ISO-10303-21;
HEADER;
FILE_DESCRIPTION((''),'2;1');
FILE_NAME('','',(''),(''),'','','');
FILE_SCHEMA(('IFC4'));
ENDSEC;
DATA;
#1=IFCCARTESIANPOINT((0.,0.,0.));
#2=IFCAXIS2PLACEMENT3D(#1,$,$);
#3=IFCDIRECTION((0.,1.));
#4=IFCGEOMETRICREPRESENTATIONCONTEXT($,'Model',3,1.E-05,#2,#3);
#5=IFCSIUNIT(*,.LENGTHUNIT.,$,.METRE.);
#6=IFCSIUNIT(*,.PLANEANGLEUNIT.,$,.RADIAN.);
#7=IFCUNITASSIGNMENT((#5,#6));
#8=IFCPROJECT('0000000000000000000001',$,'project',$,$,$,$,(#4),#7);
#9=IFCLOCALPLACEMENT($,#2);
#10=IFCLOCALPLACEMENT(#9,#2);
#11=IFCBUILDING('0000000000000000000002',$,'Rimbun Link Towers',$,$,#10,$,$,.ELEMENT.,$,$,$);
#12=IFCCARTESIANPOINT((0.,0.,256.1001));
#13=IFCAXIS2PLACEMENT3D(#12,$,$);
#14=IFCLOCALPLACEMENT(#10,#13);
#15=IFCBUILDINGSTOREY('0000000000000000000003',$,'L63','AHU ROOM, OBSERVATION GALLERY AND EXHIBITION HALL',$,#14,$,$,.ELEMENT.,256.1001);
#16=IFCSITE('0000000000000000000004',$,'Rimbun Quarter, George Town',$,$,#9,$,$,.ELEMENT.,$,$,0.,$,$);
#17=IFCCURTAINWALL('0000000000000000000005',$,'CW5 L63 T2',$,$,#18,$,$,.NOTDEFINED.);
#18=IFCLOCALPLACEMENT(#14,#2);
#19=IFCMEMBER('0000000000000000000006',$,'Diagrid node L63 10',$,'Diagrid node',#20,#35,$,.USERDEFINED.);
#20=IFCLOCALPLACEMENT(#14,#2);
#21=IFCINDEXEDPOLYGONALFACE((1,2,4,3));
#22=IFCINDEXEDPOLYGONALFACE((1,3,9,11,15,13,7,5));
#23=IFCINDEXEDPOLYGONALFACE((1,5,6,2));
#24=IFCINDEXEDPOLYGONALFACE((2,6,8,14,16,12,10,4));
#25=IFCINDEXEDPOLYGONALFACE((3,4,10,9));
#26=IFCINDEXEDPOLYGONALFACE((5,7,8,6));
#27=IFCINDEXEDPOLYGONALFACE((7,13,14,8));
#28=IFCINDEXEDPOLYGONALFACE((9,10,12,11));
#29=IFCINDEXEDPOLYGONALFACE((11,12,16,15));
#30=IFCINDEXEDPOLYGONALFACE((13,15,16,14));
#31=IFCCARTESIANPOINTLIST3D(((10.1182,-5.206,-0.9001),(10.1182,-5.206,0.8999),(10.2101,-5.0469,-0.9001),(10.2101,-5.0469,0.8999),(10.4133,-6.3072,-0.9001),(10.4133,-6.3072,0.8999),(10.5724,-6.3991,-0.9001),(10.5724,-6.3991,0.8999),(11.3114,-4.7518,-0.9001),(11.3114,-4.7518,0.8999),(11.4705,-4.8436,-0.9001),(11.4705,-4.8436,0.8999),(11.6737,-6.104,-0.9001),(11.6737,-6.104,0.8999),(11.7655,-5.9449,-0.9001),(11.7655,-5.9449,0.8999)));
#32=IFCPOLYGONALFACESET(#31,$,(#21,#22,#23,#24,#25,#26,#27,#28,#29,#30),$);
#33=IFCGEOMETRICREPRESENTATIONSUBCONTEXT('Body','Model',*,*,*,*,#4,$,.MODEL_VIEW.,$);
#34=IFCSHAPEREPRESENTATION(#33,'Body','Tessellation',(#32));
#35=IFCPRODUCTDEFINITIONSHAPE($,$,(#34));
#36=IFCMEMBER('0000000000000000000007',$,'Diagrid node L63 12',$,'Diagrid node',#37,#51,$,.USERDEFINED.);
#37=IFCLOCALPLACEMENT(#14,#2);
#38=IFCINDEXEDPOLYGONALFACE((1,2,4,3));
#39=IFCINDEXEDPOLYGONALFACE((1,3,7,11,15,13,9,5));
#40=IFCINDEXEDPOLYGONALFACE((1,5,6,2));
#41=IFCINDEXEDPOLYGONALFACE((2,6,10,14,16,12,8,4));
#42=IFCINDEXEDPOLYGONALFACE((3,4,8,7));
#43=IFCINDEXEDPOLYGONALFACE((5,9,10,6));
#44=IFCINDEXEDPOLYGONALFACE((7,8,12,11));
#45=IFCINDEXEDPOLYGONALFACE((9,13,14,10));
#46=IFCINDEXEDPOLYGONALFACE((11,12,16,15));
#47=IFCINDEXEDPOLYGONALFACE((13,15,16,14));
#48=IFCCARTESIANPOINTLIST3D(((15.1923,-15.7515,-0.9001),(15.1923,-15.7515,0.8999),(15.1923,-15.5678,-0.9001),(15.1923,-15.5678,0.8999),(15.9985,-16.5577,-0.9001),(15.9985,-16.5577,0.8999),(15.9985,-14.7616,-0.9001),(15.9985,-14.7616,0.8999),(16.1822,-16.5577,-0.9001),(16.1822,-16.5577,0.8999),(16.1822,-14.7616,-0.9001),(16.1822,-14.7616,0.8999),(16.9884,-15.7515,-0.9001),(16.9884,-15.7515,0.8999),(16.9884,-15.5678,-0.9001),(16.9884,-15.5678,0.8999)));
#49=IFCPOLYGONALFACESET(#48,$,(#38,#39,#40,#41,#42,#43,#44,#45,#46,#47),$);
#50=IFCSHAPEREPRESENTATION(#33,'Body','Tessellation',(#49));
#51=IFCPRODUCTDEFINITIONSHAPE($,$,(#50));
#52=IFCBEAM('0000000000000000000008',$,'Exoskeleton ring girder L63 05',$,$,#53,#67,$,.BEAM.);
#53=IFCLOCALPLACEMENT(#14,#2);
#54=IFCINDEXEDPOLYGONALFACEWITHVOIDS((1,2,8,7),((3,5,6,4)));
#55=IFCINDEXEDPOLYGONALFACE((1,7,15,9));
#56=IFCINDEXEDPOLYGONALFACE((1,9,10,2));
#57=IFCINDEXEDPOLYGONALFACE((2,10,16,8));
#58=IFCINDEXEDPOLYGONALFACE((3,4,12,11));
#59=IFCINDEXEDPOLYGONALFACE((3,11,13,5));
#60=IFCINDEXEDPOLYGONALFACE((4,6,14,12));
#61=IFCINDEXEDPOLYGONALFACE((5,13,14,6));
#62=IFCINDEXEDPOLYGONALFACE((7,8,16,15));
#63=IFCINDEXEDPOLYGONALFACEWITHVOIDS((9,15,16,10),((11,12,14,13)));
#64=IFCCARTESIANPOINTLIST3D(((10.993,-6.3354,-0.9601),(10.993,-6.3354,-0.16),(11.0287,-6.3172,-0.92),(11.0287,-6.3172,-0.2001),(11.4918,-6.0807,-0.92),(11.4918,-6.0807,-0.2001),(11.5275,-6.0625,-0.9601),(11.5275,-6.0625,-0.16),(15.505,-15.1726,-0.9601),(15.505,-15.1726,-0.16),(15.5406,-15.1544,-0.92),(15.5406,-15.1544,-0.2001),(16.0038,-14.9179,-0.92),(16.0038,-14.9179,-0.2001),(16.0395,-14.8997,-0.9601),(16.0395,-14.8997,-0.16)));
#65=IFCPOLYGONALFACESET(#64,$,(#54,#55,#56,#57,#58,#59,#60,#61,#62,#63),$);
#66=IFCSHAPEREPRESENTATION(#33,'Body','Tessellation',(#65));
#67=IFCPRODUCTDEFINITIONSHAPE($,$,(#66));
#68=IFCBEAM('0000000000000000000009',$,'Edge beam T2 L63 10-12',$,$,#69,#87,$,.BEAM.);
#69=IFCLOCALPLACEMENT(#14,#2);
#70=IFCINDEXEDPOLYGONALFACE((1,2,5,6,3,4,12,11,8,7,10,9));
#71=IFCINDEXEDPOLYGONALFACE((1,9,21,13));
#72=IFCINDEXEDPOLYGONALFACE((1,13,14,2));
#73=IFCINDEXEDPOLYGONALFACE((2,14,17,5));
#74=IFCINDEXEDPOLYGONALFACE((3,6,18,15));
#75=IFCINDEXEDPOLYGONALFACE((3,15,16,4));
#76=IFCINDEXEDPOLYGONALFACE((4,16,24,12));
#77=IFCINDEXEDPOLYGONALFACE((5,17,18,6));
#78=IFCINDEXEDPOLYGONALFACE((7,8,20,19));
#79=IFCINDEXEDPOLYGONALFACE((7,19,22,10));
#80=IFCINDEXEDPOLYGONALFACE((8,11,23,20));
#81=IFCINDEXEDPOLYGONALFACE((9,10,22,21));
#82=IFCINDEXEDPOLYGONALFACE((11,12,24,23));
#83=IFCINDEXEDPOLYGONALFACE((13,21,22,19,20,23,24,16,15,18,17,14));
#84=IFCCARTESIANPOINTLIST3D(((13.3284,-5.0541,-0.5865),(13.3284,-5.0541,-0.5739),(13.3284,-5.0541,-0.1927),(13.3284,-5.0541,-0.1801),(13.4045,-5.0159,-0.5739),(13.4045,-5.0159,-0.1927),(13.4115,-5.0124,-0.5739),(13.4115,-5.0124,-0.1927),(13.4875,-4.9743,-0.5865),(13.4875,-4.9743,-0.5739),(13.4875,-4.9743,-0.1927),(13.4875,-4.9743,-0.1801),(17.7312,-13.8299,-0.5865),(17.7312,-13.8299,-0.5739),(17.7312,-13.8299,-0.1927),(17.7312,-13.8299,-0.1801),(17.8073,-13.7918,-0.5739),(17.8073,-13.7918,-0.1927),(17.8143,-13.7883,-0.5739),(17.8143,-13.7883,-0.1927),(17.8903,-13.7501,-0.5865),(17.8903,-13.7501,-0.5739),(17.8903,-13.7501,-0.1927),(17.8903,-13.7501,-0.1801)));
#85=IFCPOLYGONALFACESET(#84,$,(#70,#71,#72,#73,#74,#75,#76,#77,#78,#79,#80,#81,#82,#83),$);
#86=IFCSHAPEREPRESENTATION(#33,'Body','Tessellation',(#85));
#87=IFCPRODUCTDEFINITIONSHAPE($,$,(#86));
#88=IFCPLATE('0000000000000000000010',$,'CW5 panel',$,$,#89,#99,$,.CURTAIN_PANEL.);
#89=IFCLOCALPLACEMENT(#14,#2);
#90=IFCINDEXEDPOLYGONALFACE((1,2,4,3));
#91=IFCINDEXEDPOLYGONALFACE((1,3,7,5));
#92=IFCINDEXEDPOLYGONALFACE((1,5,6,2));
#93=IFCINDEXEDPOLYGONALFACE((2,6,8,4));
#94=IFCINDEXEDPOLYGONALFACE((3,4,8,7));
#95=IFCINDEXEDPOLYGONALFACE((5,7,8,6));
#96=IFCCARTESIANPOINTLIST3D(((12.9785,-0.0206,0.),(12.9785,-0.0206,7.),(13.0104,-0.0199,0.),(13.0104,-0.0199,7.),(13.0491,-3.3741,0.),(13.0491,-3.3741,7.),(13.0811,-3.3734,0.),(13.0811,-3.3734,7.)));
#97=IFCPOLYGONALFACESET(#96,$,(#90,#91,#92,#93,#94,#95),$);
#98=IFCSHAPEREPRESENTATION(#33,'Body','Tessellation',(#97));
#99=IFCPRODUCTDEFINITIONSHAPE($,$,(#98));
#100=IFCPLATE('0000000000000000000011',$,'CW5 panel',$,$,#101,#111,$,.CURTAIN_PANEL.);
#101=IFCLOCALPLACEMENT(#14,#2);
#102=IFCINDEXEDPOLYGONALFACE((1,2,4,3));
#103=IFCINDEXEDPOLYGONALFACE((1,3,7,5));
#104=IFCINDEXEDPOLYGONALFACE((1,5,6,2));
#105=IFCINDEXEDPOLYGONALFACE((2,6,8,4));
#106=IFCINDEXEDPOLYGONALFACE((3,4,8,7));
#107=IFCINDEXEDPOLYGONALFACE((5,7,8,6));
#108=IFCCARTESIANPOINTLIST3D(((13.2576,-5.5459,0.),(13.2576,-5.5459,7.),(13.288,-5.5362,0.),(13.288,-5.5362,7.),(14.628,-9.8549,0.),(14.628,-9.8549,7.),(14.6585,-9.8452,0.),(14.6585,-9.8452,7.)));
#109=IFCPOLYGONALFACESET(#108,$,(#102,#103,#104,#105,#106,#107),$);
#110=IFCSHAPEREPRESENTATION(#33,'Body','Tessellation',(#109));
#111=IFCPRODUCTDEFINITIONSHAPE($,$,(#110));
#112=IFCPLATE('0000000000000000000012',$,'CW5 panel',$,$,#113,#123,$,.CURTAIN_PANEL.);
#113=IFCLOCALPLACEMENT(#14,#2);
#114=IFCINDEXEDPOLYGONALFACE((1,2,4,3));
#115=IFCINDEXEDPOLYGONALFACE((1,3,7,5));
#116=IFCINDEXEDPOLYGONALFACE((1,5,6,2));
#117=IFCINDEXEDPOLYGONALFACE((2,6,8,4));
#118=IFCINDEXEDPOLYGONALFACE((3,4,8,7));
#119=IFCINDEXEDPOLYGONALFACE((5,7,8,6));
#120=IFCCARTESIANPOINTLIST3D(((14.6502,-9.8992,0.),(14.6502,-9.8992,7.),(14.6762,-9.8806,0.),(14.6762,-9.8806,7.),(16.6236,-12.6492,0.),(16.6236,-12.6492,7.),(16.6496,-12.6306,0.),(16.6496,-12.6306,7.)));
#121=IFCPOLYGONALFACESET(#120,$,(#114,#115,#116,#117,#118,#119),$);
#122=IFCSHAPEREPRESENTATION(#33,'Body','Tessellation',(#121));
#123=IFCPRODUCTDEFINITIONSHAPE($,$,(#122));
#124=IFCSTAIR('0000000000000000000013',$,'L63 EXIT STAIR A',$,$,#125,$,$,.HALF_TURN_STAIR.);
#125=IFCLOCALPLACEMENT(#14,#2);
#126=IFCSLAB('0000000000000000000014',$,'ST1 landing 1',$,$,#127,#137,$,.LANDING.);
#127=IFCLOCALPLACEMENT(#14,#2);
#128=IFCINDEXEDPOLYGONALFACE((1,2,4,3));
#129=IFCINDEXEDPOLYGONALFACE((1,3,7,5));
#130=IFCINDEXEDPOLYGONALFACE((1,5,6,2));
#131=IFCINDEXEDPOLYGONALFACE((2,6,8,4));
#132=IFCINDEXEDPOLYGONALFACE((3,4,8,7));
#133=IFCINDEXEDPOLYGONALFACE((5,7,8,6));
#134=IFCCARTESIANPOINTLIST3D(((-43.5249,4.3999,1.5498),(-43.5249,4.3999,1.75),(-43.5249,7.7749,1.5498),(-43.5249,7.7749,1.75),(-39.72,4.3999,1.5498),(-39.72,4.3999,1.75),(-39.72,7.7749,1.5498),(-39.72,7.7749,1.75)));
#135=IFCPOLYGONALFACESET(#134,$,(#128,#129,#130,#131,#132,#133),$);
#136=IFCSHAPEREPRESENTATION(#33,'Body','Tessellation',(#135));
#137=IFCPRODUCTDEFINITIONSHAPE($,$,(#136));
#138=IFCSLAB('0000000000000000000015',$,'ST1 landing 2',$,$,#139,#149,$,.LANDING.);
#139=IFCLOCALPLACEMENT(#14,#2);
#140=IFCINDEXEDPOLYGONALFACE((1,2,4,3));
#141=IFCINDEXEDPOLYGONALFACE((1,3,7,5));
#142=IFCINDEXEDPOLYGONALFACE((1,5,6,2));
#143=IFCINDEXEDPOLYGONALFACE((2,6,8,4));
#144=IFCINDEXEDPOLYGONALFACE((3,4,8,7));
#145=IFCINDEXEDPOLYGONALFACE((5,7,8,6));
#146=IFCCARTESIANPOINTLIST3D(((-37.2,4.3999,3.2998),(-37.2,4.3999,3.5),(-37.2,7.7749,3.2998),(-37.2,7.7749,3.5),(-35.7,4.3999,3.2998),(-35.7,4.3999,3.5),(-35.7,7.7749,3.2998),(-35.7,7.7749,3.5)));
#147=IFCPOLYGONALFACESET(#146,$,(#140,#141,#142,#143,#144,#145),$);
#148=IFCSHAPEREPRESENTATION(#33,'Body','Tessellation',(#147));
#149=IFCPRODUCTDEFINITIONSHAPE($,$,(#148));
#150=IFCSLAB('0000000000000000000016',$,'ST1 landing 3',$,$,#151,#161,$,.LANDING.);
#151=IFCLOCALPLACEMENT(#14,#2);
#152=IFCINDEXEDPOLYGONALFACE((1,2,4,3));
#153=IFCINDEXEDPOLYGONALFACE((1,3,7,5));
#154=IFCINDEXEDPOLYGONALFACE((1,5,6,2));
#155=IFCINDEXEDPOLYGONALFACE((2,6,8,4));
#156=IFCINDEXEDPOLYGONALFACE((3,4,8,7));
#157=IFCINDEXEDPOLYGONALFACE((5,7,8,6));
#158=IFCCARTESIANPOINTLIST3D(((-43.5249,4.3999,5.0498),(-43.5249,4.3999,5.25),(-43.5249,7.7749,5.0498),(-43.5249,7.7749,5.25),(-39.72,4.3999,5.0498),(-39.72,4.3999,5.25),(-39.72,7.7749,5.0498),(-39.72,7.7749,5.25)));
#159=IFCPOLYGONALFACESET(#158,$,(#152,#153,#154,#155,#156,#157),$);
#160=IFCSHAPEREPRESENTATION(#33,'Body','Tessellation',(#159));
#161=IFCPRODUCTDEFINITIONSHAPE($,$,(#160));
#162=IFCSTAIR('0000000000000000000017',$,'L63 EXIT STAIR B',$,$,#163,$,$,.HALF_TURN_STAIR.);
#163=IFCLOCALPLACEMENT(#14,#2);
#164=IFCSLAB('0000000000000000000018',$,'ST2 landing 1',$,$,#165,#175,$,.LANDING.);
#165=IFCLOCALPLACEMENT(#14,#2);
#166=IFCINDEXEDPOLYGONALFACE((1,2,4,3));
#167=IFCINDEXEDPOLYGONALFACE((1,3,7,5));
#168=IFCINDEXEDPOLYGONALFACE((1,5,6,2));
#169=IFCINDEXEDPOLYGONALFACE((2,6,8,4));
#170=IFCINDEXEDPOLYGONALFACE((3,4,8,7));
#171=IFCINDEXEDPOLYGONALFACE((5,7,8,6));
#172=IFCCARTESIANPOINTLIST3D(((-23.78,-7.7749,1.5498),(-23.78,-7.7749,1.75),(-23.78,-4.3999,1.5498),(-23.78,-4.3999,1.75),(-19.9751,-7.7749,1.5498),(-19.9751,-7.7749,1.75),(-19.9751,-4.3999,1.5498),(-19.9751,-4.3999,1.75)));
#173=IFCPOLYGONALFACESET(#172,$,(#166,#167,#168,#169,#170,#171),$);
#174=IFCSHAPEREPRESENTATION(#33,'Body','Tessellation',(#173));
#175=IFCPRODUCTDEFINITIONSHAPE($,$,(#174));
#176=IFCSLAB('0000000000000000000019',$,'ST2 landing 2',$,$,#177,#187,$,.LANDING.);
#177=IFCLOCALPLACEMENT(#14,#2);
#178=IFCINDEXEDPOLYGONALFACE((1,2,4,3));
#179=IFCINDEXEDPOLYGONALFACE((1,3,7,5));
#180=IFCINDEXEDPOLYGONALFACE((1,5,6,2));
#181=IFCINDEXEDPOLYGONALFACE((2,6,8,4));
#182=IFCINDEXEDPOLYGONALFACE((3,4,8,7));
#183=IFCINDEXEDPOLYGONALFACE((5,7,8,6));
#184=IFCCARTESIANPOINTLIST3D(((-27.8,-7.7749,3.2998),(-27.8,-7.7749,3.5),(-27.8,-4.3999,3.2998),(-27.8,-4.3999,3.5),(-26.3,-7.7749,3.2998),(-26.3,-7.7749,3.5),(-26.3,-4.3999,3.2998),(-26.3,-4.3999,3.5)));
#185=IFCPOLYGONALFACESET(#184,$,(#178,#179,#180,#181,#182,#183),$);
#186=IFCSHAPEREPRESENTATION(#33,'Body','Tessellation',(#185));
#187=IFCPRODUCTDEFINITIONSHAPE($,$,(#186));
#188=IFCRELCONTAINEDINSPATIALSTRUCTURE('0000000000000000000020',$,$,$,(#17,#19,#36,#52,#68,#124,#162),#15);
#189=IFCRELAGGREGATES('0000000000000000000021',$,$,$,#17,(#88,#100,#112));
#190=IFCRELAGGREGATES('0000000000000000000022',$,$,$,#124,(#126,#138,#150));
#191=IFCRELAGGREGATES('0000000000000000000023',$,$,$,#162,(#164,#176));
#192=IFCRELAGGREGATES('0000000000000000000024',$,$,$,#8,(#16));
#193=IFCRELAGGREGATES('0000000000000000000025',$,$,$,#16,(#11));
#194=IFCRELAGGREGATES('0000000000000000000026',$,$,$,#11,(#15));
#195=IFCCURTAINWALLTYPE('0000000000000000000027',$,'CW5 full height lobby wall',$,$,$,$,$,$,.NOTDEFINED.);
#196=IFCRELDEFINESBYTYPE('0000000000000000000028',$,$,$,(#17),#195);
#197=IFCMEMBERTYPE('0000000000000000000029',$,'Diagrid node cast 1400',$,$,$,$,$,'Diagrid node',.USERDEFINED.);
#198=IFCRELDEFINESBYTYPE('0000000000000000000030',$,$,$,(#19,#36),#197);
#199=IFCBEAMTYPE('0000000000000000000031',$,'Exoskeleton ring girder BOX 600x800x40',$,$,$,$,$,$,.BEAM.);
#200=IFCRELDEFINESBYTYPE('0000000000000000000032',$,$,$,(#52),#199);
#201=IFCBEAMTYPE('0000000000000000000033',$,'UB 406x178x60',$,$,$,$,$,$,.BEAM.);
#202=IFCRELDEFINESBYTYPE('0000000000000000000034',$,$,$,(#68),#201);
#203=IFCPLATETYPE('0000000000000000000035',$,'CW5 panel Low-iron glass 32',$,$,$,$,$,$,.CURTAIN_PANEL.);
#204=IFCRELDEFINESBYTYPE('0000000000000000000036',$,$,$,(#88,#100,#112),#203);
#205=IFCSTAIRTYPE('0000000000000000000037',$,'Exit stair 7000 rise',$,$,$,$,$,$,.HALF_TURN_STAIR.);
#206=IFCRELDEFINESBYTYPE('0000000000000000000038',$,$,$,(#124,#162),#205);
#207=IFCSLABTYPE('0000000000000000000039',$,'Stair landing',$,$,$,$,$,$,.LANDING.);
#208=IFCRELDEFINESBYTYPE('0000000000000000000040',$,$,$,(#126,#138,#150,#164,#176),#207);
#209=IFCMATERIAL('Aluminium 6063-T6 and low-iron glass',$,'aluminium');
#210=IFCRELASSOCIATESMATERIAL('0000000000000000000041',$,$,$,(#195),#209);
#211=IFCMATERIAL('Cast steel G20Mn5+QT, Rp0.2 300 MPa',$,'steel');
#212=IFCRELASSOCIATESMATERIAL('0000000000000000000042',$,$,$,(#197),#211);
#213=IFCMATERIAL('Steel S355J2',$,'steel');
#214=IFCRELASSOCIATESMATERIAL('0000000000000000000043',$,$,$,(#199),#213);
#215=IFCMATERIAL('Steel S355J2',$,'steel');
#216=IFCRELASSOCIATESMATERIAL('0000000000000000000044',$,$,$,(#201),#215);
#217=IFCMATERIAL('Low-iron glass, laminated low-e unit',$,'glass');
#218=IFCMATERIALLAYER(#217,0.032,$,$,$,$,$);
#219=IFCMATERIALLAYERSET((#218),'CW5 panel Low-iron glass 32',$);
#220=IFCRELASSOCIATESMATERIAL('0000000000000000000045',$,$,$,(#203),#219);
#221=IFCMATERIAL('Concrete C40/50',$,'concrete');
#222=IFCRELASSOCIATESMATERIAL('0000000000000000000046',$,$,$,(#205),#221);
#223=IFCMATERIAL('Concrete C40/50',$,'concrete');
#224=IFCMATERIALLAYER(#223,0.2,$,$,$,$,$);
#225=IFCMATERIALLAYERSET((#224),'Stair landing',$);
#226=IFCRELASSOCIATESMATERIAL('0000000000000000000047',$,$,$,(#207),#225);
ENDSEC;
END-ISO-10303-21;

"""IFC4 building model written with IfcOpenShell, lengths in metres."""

from ifc_helpers import new_model, si_unit, direction, frame, origin, origin_2d, place, context, subcontext, project, spatial, polyline, rectangle, hollow_rectangle, i_section, outline, extrude, material, layer, layer_set, material_profile, profile_set, type_object, element, aggregate, save


model = new_model("IFC4")

# Units and contexts
model_context = context("Model", 3, precision=1e-05, world=origin(), true_north=direction((0.0, 1.0)))
body_context = subcontext(model_context, "Body", "Model", "MODEL_VIEW")
ifc_project = project(units=[si_unit("LENGTHUNIT", "METRE"), si_unit("PLANEANGLEUNIT", "RADIAN")], contexts=[model_context])

# Site, building, storey
site_placement = place(None, origin())
site = spatial("IfcSite", under=ifc_project, at=site_placement, Name="Rimbun Quarter, George Town", CompositionType="ELEMENT", RefElevation=0.0)
building_placement = place(site_placement, origin())
building = spatial("IfcBuilding", under=site, at=building_placement, Name="Rimbun Link Towers", CompositionType="ELEMENT")
storey_placement = place(building_placement, frame((0.0, 0.0, 256.1001)))
storey = spatial("IfcBuildingStorey", under=building, at=storey_placement, Name="L63", Description="AHU ROOM, OBSERVATION GALLERY AND EXHIBITION HALL", CompositionType="ELEMENT", Elevation=256.1001)

# Curtain wall
ifc_material_1 = material(Name="Aluminium 6063-T6 and low-iron glass", Category="aluminium")
curtain_wall_type = type_object("IfcCurtainWallType", Name="CW5 full height lobby wall", PredefinedType="NOTDEFINED", material=ifc_material_1)
curtain_wall_placement = place(storey_placement, origin())
curtain_wall = element("IfcCurtainWall", 1, at=curtain_wall_placement, inside=storey, type_object=curtain_wall_type, Name="CW5 L63 T2", PredefinedType="NOTDEFINED")

# Members
ifc_material_2 = material(Name="Cast steel G20Mn5+QT, Rp0.2 300 MPa", Category="steel")
ifc_material_profile_1 = material_profile(ifc_material_2, outline(polyline([(0.7, -0.5701), (0.7, 0.5701), (0.5701, 0.7), (-0.5701, 0.7), (-0.7, 0.5701), (-0.7, -0.5701), (-0.5701, -0.7), (0.5701, -0.7), (0.7, -0.5701)])), Name="NODE 1400x1400")
ifc_profile_set_1 = profile_set([ifc_material_profile_1], Name="Cast steel G20Mn5+QT, Rp0.2 300 MPa")
member_type_1 = type_object("IfcMemberType", Name="Diagrid node cast 1400", ElementType="Diagrid node", PredefinedType="USERDEFINED", material=ifc_profile_set_1)
for number, where, z_axis, x_axis, name in (
    (2, (10.9419, -5.5754, -0.9001), (0.0, 0.0, 1.0), (-0.965926, -0.258819, 0.0), "Diagrid node L63 10"),
    (3, (16.0903, -15.6597, -0.9001), (0.0, 0.0, 1.0), (-0.707107, -0.707107, 0.0), "Diagrid node L63 12"),
):
    element("IfcMember", number, at=place(storey_placement, frame(where, z_axis=z_axis, x_axis=x_axis)), inside=storey, type_object=member_type_1, Name=name, ObjectType="Diagrid node", PredefinedType="USERDEFINED", context=body_context, shape_type="SweptSolid", body=[
        extrude(outline(polyline([(0.7, -0.5701), (0.7, 0.5701), (0.5701, 0.7), (-0.5701, 0.7), (-0.7, 0.5701), (-0.7, -0.5701), (-0.5701, -0.7), (0.5701, -0.7), (0.7, -0.5701)])), origin(), (0.0, 0.0, 1.0), 1.8),
    ])

# Beams
ifc_material_3 = material(Name="Steel S355J2", Category="steel")
ifc_material_profile_2 = material_profile(ifc_material_3, hollow_rectangle(XDim=0.6001, YDim=0.8, WallThickness=0.04, at=origin_2d()), Name="Exoskeleton ring girder BOX 600x800x40")
ifc_profile_set_2 = profile_set([ifc_material_profile_2], Name="Steel S355J2")
beam_type_1 = type_object("IfcBeamType", Name="Exoskeleton ring girder BOX 600x800x40", PredefinedType="BEAM", material=ifc_profile_set_2)
beam_1_placement = place(storey_placement, frame((11.2603, -6.199, -0.5601), z_axis=(0.454727, -0.890631, 0.0), x_axis=(0.890631, 0.454727, 0.0)))
element("IfcBeam", 4, at=beam_1_placement, inside=storey, type_object=beam_type_1, Name="Exoskeleton ring girder L63 05", PredefinedType="BEAM", context=body_context, shape_type="SweptSolid", body=[
    extrude(hollow_rectangle(XDim=0.6001, YDim=0.8, WallThickness=0.04, at=origin_2d()), origin(), (0.0, 0.0, 1.0), 9.9224),
])
ifc_material_4 = material(Name="Steel S355J2", Category="steel")
ifc_material_profile_3 = material_profile(ifc_material_4, i_section(OverallWidth=0.178, OverallDepth=0.4065, WebThickness=0.0078, FlangeThickness=0.0127, at=origin_2d()), Name="UB 406x178x60")
ifc_profile_set_3 = profile_set([ifc_material_profile_3], Name="Steel S355J2")
beam_type_2 = type_object("IfcBeamType", Name="UB 406x178x60", PredefinedType="BEAM", material=ifc_profile_set_3)
beam_2_placement = place(storey_placement, frame((13.408, -5.0142, -0.3833), z_axis=(0.448427, -0.89382, 0.0), x_axis=(0.89382, 0.448427, 0.0)))
element("IfcBeam", 5, at=beam_2_placement, inside=storey, type_object=beam_type_2, Name="Edge beam T2 L63 10-12", PredefinedType="BEAM", context=body_context, shape_type="SweptSolid", body=[
    extrude(i_section(OverallWidth=0.178, OverallDepth=0.4065, WebThickness=0.0078, FlangeThickness=0.0127, at=origin_2d()), origin(), (0.0, 0.0, 1.0), 9.8184),
])

# Plates
ifc_material_5 = material(Name="Low-iron glass, laminated low-e unit", Category="glass")
ifc_layer_1 = layer(ifc_material_5, 0.032)
ifc_layer_set_1 = layer_set([ifc_layer_1], Name="CW5 panel Low-iron glass 32")
plate_type = type_object("IfcPlateType", Name="CW5 panel Low-iron glass 32", PredefinedType="CURTAIN_PANEL", material=ifc_layer_set_1)
plate_1_placement = place(storey_placement, frame((13.0298, -1.697, 0.0), z_axis=(0.0, 0.0, 1.0), x_axis=(-0.021064, 0.999778, 0.0)))
plate_1 = element("IfcPlate", 6, at=plate_1_placement, type_object=plate_type, Name="CW5 panel", PredefinedType="CURTAIN_PANEL", context=body_context, shape_type="SweptSolid", body=[
    extrude(rectangle(XDim=3.3542, YDim=0.032, at=origin_2d()), origin(), (0.0, 0.0, 1.0), 7.0),
])
plate_2_placement = place(storey_placement, frame((13.958, -7.6956, 0.0), z_axis=(0.0, 0.0, 1.0), x_axis=(-0.303074, 0.952967, 0.0)))
plate_2 = element("IfcPlate", 7, at=plate_2_placement, type_object=plate_type, Name="CW5 panel", PredefinedType="CURTAIN_PANEL", context=body_context, shape_type="SweptSolid", body=[
    extrude(rectangle(XDim=4.5217, YDim=0.032, at=origin_2d()), origin(), (0.0, 0.0, 1.0), 7.0),
])
plate_3_placement = place(storey_placement, frame((15.6499, -11.2649, 0.0), z_axis=(0.0, 0.0, 1.0), x_axis=(-0.583006, 0.812468, 0.0)))
plate_3 = element("IfcPlate", 8, at=plate_3_placement, type_object=plate_type, Name="CW5 panel", PredefinedType="CURTAIN_PANEL", context=body_context, shape_type="SweptSolid", body=[
    extrude(rectangle(XDim=3.3848, YDim=0.032, at=origin_2d()), origin(), (0.0, 0.0, 1.0), 7.0),
])
aggregate(curtain_wall, [plate_1, plate_2, plate_3])

# Stairs, slabs
ifc_material_6 = material(Name="Concrete C40/50", Category="concrete")
stair_type = type_object("IfcStairType", Name="Exit stair 7000 rise", PredefinedType="HALF_TURN_STAIR", material=ifc_material_6)
stair_1_placement = place(storey_placement, origin())
stair_1 = element("IfcStair", 9, at=stair_1_placement, inside=storey, type_object=stair_type, Name="L63 EXIT STAIR A", PredefinedType="HALF_TURN_STAIR")
ifc_material_7 = material(Name="Concrete C40/50", Category="concrete")
ifc_layer_2 = layer(ifc_material_7, 0.2)
ifc_layer_set_2 = layer_set([ifc_layer_2], Name="Stair landing")
slab_type = type_object("IfcSlabType", Name="Stair landing", PredefinedType="LANDING", material=ifc_layer_set_2)
slab_1_placement = place(storey_placement, frame((0.0, 0.0, 1.5498)))
slab_1 = element("IfcSlab", 10, at=slab_1_placement, type_object=slab_type, Name="ST1 landing 1", PredefinedType="LANDING", context=body_context, shape_type="SweptSolid", body=[
    extrude(outline(polyline([(-39.72, 7.7749), (-43.5249, 7.7749), (-43.5249, 4.3999), (-39.72, 4.3999), (-39.72, 7.7749)])), origin(), (0.0, 0.0, 1.0), 0.2002),
])
slab_2_placement = place(storey_placement, frame((0.0, 0.0, 3.2998)))
slab_2 = element("IfcSlab", 11, at=slab_2_placement, type_object=slab_type, Name="ST1 landing 2", PredefinedType="LANDING", context=body_context, shape_type="SweptSolid", body=[
    extrude(outline(polyline([(-35.7, 7.7749), (-37.2, 7.7749), (-37.2, 4.3999), (-35.7, 4.3999), (-35.7, 7.7749)])), origin(), (0.0, 0.0, 1.0), 0.2002),
])
slab_3_placement = place(storey_placement, frame((0.0, 0.0, 5.0498)))
slab_3 = element("IfcSlab", 12, at=slab_3_placement, type_object=slab_type, Name="ST1 landing 3", PredefinedType="LANDING", context=body_context, shape_type="SweptSolid", body=[
    extrude(outline(polyline([(-39.72, 7.7749), (-43.5249, 7.7749), (-43.5249, 4.3999), (-39.72, 4.3999), (-39.72, 7.7749)])), origin(), (0.0, 0.0, 1.0), 0.2002),
])
aggregate(stair_1, [slab_1, slab_2, slab_3])
stair_2_placement = place(storey_placement, origin())
stair_2 = element("IfcStair", 13, at=stair_2_placement, inside=storey, type_object=stair_type, Name="L63 EXIT STAIR B", PredefinedType="HALF_TURN_STAIR")
slab_4_placement = place(storey_placement, frame((0.0, 0.0, 1.5498)))
slab_4 = element("IfcSlab", 14, at=slab_4_placement, type_object=slab_type, Name="ST2 landing 1", PredefinedType="LANDING", context=body_context, shape_type="SweptSolid", body=[
    extrude(outline(polyline([(-23.78, -7.7749), (-19.9751, -7.7749), (-19.9751, -4.3999), (-23.78, -4.3999), (-23.78, -7.7749)])), origin(), (0.0, 0.0, 1.0), 0.2002),
])
slab_5_placement = place(storey_placement, frame((0.0, 0.0, 3.2998)))
slab_5 = element("IfcSlab", 15, at=slab_5_placement, type_object=slab_type, Name="ST2 landing 2", PredefinedType="LANDING", context=body_context, shape_type="SweptSolid", body=[
    extrude(outline(polyline([(-27.8, -7.7749), (-26.3, -7.7749), (-26.3, -4.3999), (-27.8, -4.3999), (-27.8, -7.7749)])), origin(), (0.0, 0.0, 1.0), 0.2002),
])
aggregate(stair_2, [slab_4, slab_5])

save(model, "model.ifc")
